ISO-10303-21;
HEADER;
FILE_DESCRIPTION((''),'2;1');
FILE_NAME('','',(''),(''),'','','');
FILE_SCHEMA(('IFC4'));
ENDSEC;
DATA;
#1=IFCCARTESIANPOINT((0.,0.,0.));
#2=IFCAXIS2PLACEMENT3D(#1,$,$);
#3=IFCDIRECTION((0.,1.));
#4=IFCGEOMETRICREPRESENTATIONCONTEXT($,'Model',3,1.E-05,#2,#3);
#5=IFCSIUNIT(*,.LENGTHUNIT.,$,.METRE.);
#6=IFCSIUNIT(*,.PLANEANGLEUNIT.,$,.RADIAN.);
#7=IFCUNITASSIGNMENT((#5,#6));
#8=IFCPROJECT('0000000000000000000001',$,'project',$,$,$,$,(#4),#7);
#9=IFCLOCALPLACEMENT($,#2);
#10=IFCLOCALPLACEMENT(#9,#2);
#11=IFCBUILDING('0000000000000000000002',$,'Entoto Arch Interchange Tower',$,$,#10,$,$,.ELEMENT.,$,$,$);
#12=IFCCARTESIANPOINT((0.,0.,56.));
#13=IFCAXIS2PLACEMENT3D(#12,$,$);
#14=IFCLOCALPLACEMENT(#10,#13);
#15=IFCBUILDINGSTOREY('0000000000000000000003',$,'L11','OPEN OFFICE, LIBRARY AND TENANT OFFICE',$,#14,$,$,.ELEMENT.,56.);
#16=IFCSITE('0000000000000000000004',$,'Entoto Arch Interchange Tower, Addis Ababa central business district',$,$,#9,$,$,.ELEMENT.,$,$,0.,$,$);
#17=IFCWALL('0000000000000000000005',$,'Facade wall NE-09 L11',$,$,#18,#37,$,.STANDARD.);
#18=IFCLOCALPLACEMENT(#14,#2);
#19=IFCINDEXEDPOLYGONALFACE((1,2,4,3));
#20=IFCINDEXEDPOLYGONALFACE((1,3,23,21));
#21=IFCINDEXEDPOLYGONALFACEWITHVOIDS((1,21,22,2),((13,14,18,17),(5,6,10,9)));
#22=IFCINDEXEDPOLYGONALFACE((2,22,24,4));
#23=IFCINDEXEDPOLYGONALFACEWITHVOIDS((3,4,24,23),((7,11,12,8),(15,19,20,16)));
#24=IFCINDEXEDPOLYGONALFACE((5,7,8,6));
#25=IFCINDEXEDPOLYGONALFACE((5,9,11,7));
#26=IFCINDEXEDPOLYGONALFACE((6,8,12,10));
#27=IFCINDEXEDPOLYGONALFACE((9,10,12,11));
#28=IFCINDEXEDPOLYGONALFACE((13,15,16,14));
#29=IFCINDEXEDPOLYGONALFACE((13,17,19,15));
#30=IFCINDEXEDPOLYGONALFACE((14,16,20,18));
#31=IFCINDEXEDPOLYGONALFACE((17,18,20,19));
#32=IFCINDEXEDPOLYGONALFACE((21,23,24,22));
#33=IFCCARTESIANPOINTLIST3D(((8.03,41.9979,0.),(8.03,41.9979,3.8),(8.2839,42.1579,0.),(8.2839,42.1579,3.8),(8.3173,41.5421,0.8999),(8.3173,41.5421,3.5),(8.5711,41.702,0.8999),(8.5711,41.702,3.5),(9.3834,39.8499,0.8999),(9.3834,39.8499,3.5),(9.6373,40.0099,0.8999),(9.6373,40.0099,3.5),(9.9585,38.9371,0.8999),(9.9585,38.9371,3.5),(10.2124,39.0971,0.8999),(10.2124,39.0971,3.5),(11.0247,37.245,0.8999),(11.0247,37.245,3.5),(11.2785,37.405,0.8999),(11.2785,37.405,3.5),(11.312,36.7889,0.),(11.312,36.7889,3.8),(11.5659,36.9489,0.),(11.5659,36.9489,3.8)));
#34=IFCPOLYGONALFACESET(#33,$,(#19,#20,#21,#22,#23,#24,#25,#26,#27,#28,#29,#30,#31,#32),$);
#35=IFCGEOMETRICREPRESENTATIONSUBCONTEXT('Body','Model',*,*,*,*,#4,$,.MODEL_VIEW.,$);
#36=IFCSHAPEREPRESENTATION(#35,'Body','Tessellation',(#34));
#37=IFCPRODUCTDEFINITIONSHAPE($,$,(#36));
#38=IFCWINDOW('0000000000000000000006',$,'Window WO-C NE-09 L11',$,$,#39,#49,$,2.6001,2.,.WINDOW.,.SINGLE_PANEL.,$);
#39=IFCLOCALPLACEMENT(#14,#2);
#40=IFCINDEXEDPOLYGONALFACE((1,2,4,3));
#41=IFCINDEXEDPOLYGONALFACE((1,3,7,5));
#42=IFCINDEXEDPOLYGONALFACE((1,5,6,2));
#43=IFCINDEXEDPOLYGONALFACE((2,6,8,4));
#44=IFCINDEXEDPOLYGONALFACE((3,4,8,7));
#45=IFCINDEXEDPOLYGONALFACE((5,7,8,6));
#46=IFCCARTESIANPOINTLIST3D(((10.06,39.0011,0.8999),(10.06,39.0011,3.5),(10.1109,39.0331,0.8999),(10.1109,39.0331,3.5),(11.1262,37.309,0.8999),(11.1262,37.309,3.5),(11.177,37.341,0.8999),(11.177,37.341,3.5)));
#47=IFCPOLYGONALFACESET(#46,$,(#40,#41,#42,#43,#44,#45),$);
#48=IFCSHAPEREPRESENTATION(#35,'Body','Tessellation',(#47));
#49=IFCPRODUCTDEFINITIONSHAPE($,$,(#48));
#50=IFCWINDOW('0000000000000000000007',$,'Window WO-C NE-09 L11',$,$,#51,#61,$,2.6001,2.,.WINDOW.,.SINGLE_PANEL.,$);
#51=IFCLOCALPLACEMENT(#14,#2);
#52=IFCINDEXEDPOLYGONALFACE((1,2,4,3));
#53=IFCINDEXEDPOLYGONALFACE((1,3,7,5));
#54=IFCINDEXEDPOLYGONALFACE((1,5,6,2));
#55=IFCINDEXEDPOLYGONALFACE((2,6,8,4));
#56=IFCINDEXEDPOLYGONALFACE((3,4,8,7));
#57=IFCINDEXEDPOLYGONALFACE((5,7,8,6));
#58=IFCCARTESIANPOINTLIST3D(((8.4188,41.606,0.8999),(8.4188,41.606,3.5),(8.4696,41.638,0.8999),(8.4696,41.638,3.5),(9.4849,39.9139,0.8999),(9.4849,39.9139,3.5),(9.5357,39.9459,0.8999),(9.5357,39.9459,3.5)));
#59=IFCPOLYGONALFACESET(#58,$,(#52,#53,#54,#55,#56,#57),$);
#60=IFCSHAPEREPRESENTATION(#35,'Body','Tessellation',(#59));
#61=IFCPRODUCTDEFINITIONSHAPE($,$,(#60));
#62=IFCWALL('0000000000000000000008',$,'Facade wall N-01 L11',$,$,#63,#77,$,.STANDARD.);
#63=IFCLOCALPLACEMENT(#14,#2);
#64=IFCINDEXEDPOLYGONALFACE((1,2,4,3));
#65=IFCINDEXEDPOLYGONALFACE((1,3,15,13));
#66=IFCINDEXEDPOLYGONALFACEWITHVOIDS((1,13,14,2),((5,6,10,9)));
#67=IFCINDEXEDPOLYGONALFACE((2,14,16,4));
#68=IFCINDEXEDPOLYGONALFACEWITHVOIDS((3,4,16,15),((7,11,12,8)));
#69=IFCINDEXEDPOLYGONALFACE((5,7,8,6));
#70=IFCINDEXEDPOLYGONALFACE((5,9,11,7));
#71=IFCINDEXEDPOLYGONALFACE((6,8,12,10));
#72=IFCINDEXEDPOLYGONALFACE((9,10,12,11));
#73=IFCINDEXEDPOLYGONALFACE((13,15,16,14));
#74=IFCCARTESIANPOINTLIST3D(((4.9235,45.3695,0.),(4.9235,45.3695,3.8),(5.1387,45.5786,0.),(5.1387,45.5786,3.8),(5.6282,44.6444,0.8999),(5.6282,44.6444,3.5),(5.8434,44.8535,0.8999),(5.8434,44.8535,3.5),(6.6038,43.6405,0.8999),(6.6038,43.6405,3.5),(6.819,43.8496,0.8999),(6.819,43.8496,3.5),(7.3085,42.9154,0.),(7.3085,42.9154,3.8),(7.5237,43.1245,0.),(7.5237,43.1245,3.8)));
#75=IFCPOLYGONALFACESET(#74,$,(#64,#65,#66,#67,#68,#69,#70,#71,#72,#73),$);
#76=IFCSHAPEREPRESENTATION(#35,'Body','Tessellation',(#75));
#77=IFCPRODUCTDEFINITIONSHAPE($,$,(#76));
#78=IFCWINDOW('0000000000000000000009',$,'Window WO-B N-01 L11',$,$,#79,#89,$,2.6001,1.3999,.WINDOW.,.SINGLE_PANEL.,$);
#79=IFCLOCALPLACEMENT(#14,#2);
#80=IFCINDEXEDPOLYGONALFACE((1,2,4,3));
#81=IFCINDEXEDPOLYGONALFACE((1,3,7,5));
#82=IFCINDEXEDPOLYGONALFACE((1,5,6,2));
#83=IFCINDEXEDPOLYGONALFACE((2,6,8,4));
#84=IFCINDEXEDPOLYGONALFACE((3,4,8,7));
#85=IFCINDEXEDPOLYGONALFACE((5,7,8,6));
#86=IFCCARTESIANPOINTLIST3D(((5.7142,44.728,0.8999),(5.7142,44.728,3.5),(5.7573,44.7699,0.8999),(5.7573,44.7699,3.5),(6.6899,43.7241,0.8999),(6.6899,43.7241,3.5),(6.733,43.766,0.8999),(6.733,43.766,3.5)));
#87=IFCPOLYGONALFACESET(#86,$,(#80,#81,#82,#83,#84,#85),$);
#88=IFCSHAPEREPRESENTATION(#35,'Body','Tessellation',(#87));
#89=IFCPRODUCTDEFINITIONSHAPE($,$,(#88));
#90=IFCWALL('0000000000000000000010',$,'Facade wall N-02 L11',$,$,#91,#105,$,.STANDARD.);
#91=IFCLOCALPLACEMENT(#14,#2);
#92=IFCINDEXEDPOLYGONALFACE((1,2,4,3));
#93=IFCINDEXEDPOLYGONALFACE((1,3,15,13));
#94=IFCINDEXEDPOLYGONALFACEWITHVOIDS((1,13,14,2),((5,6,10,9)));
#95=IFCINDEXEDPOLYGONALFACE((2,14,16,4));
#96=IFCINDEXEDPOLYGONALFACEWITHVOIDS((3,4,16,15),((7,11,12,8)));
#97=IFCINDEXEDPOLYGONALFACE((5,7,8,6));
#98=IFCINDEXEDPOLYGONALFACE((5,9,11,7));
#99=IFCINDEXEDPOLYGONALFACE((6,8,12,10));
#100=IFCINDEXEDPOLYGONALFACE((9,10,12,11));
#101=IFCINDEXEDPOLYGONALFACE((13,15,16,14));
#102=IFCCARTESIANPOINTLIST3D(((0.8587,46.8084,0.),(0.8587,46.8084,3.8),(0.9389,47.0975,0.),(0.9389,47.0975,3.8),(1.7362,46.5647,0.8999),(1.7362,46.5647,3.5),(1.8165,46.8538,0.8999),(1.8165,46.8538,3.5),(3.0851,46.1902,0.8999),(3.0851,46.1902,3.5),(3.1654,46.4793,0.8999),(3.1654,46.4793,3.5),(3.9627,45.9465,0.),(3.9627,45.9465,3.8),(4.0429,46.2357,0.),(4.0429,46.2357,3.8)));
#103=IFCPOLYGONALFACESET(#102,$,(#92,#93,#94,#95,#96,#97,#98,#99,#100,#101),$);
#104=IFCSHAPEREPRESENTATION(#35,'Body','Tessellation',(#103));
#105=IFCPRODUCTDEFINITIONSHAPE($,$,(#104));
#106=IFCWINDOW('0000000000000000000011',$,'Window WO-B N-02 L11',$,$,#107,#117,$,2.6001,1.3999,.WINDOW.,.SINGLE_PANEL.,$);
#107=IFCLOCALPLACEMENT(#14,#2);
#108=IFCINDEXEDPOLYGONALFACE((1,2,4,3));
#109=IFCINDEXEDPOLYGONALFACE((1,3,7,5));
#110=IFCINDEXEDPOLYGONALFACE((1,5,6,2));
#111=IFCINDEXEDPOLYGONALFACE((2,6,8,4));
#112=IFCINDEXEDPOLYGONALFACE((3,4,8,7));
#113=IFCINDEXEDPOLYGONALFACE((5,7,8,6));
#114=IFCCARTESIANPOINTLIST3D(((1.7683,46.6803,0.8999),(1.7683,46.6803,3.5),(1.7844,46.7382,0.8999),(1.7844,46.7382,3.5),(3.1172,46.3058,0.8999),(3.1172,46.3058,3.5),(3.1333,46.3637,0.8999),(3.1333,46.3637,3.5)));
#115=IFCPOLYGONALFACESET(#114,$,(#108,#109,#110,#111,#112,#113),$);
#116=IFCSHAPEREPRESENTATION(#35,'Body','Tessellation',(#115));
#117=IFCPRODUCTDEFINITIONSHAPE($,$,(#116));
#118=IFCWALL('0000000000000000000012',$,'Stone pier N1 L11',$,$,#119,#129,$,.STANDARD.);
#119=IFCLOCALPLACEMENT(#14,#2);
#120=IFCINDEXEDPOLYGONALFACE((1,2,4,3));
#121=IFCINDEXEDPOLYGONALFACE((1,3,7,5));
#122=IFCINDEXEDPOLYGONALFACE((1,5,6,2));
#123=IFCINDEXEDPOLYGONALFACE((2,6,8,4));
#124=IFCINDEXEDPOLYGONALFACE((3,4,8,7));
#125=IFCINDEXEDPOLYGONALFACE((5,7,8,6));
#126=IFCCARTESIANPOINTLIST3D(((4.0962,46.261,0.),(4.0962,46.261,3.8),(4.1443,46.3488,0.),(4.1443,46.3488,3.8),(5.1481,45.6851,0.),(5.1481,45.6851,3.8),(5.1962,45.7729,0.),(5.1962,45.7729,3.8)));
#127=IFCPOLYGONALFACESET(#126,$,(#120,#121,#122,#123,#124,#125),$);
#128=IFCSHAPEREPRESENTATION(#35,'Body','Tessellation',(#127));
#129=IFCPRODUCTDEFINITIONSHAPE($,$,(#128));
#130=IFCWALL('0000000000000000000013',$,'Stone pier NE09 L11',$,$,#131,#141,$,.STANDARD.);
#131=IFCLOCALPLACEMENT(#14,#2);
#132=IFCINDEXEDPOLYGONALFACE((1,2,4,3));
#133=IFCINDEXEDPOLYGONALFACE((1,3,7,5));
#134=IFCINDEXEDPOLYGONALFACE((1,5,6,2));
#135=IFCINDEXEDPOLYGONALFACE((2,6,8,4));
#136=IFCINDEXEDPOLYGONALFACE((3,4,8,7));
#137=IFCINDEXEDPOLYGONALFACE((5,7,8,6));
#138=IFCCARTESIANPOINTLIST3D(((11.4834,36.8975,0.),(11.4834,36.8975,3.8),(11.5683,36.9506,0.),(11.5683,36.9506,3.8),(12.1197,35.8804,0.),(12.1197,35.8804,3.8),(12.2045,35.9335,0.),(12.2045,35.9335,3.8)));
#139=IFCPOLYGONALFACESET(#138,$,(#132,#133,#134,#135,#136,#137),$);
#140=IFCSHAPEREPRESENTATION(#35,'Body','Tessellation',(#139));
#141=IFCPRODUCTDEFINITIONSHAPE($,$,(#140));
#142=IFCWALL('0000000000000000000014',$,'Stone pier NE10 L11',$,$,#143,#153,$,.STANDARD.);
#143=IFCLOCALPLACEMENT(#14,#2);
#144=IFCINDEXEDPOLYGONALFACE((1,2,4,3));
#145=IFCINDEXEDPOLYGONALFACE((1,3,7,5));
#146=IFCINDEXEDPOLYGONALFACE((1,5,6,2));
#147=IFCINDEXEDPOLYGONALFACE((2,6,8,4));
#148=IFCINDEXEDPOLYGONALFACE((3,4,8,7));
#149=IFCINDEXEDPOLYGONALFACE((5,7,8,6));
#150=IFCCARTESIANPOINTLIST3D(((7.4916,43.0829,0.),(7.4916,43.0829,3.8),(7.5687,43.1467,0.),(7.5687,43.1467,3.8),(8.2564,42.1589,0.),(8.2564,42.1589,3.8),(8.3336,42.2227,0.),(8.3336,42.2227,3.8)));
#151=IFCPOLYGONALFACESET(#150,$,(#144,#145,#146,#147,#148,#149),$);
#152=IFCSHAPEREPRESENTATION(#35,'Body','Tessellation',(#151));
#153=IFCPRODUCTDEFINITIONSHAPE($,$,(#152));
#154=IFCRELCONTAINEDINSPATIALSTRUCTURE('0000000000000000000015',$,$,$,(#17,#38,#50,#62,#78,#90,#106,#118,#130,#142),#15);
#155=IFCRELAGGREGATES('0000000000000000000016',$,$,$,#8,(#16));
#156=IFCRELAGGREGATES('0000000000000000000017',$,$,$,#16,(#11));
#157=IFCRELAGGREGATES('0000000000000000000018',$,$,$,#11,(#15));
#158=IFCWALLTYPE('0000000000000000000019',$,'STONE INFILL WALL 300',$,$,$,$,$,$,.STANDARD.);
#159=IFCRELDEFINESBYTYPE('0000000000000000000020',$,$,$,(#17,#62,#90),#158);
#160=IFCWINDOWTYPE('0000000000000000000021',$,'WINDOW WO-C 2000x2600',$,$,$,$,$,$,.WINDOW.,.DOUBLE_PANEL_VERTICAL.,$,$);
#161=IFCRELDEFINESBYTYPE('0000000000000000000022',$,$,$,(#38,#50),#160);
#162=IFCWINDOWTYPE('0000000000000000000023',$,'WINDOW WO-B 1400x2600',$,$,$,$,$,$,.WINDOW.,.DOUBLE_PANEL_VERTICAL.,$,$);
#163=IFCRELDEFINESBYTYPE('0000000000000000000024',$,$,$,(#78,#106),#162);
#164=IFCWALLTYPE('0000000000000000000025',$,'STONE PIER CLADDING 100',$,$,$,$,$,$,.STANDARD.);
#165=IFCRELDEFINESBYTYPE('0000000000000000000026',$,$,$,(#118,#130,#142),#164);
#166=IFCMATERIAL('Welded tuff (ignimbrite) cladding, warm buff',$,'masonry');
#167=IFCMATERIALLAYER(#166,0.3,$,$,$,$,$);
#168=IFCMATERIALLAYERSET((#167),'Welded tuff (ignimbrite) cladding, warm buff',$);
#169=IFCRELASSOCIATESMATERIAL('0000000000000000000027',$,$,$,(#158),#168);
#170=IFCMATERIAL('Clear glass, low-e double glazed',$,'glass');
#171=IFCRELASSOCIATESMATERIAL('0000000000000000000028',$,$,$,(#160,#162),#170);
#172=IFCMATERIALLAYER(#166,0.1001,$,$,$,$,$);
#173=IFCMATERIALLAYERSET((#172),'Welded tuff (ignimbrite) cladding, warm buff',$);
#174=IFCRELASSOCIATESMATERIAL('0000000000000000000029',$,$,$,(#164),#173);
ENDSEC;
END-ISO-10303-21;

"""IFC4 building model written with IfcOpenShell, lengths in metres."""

from ifc_helpers import new_model, si_unit, direction, frame, frame_2d, origin, place, context, subcontext, project, spatial, rectangle, extrude, material, layer, layer_set, type_object, element, fill, save


model = new_model("IFC4")

# Units and contexts
model_context = context("Model", 3, precision=1e-05, world=origin(), true_north=direction((0.0, 1.0)))
body_context = subcontext(model_context, "Body", "Model", "MODEL_VIEW")
ifc_project = project(units=[si_unit("LENGTHUNIT", "METRE"), si_unit("PLANEANGLEUNIT", "RADIAN")], contexts=[model_context])

# Site, building, storey
site_placement = place(None, origin())
site = spatial("IfcSite", under=ifc_project, at=site_placement, Name="Entoto Arch Interchange Tower, Addis Ababa central business district", CompositionType="ELEMENT", RefElevation=0.0)
building_placement = place(site_placement, origin())
building = spatial("IfcBuilding", under=site, at=building_placement, Name="Entoto Arch Interchange Tower", CompositionType="ELEMENT")
storey_placement = place(building_placement, frame((0.0, 0.0, 56.0)))
storey = spatial("IfcBuildingStorey", under=building, at=storey_placement, Name="L11", Description="OPEN OFFICE, LIBRARY AND TENANT OFFICE", CompositionType="ELEMENT", Elevation=56.0)

# Wall, openings, windows
ifc_material_1 = material(Name="Welded tuff (ignimbrite) cladding, warm buff", Category="masonry")
ifc_layer_1 = layer(ifc_material_1, 0.3)
ifc_layer_set_1 = layer_set([ifc_layer_1], Name="Welded tuff (ignimbrite) cladding, warm buff")
wall_type_1 = type_object("IfcWallType", Name="STONE INFILL WALL 300", PredefinedType="STANDARD", material=ifc_layer_set_1)
wall_1_placement = place(storey_placement, frame((11.439, 36.8689, 0.0), z_axis=(0.0, 0.0, 1.0), x_axis=(-0.533075, 0.846068, 0.0)))
wall_1 = element("IfcWall", 1, at=wall_1_placement, inside=storey, type_object=wall_type_1, Name="Facade wall NE-09 L11", PredefinedType="STANDARD", context=body_context, shape_type="SweptSolid", body=[
    extrude(rectangle(XDim=6.1567, YDim=0.3, at=frame_2d((3.0784, 0.0))), origin(), (0.0, 0.0, 1.0), 3.8),
])
opening_1_placement = place(wall_1_placement, frame((0.5391, 0.0, 0.8999)))
opening_1 = element("IfcOpeningElement", 2, at=opening_1_placement, cuts=wall_1, PredefinedType="OPENING", context=body_context, shape_type="SweptSolid", body=[
    extrude(rectangle(XDim=2.0, YDim=2.6001, at=frame_2d((1.0, 1.3))), frame((0.0, 0.1602, 0.0), z_axis=(0.0, -1.0, 0.0), x_axis=(1.0, 0.0, 0.0)), (0.0, 0.0, 1.0), 0.3201),
])
opening_2_placement = place(wall_1_placement, frame((3.6179, 0.0, 0.8999)))
opening_2 = element("IfcOpeningElement", 3, at=opening_2_placement, cuts=wall_1, PredefinedType="OPENING", context=body_context, shape_type="SweptSolid", body=[
    extrude(rectangle(XDim=2.0, YDim=2.6001, at=frame_2d((1.0, 1.3))), frame((0.0, 0.1602, 0.0), z_axis=(0.0, -1.0, 0.0), x_axis=(1.0, 0.0, 0.0)), (0.0, 0.0, 1.0), 0.3201),
])
ifc_material_2 = material(Name="Clear glass, low-e double glazed", Category="glass")
window_type_1 = type_object("IfcWindowType", Name="WINDOW WO-C 2000x2600", PartitioningType="DOUBLE_PANEL_VERTICAL", PredefinedType="WINDOW", material=ifc_material_2)
window_1_placement = place(opening_1_placement, origin())
window_1 = element("IfcWindow", 4, at=window_1_placement, inside=storey, type_object=window_type_1, Name="Window WO-C NE-09 L11", OverallHeight=2.6001, OverallWidth=2.0, PartitioningType="SINGLE_PANEL", PredefinedType="WINDOW", context=body_context, shape_type="SweptSolid", body=[
    extrude(rectangle(XDim=2.0, YDim=2.6001, at=frame_2d((1.0, 1.3))), frame((0.0, 0.03, 0.0), z_axis=(0.0, -1.0, 0.0), x_axis=(1.0, 0.0, 0.0)), (0.0, 0.0, 1.0), 0.0601),
])
fill(opening_1, window_1)
window_2_placement = place(opening_2_placement, origin())
window_2 = element("IfcWindow", 5, at=window_2_placement, inside=storey, type_object=window_type_1, Name="Window WO-C NE-09 L11", OverallHeight=2.6001, OverallWidth=2.0, PartitioningType="SINGLE_PANEL", PredefinedType="WINDOW", context=body_context, shape_type="SweptSolid", body=[
    extrude(rectangle(XDim=2.0, YDim=2.6001, at=frame_2d((1.0, 1.3))), frame((0.0, 0.03, 0.0), z_axis=(0.0, -1.0, 0.0), x_axis=(1.0, 0.0, 0.0)), (0.0, 0.0, 1.0), 0.0601),
])
fill(opening_2, window_2)

# Walls, openings, windows
wall_2_placement = place(storey_placement, frame((7.416, 43.02, 0.0), z_axis=(0.0, 0.0, 1.0), x_axis=(-0.69694, 0.71713, 0.0)))
wall_2 = element("IfcWall", 6, at=wall_2_placement, inside=storey, type_object=wall_type_1, Name="Facade wall N-01 L11", PredefinedType="STANDARD", context=body_context, shape_type="SweptSolid", body=[
    extrude(rectangle(XDim=3.4221, YDim=0.3, at=frame_2d((1.7109, 0.0))), origin(), (0.0, 0.0, 1.0), 3.8),
])
opening_3_placement = place(wall_2_placement, frame((1.011, 0.0, 0.8999)))
opening_3 = element("IfcOpeningElement", 7, at=opening_3_placement, cuts=wall_2, PredefinedType="OPENING", context=body_context, shape_type="SweptSolid", body=[
    extrude(rectangle(XDim=1.3999, YDim=2.6001, at=frame_2d((0.7, 1.3))), frame((0.0, 0.1602, 0.0), z_axis=(0.0, -1.0, 0.0), x_axis=(1.0, 0.0, 0.0)), (0.0, 0.0, 1.0), 0.3201),
])
window_type_2 = type_object("IfcWindowType", Name="WINDOW WO-B 1400x2600", PartitioningType="DOUBLE_PANEL_VERTICAL", PredefinedType="WINDOW", material=ifc_material_2)
window_3_placement = place(opening_3_placement, origin())
window_3 = element("IfcWindow", 8, at=window_3_placement, inside=storey, type_object=window_type_2, Name="Window WO-B N-01 L11", OverallHeight=2.6001, OverallWidth=1.3999, PartitioningType="SINGLE_PANEL", PredefinedType="WINDOW", context=body_context, shape_type="SweptSolid", body=[
    extrude(rectangle(XDim=1.3999, YDim=2.6001, at=frame_2d((0.7, 1.3))), frame((0.0, 0.03, 0.0), z_axis=(0.0, -1.0, 0.0), x_axis=(1.0, 0.0, 0.0)), (0.0, 0.0, 1.0), 0.0601),
])
fill(opening_3, window_3)
wall_3_placement = place(storey_placement, frame((4.0029, 46.0911, 0.0), z_axis=(0.0, 0.0, 1.0), x_axis=(-0.96355, 0.267527, 0.0)))
wall_3 = element("IfcWall", 9, at=wall_3_placement, inside=storey, type_object=wall_type_1, Name="Facade wall N-02 L11", PredefinedType="STANDARD", context=body_context, shape_type="SweptSolid", body=[
    extrude(rectangle(XDim=3.2214, YDim=0.3, at=frame_2d((1.6108, 0.0))), origin(), (0.0, 0.0, 1.0), 3.8),
])
opening_4_placement = place(wall_3_placement, frame((0.9109, 0.0, 0.8999)))
opening_4 = element("IfcOpeningElement", 10, at=opening_4_placement, cuts=wall_3, PredefinedType="OPENING", context=body_context, shape_type="SweptSolid", body=[
    extrude(rectangle(XDim=1.3999, YDim=2.6001, at=frame_2d((0.7, 1.3))), frame((0.0, 0.1602, 0.0), z_axis=(0.0, -1.0, 0.0), x_axis=(1.0, 0.0, 0.0)), (0.0, 0.0, 1.0), 0.3201),
])
window_4_placement = place(opening_4_placement, origin())
window_4 = element("IfcWindow", 11, at=window_4_placement, inside=storey, type_object=window_type_2, Name="Window WO-B N-02 L11", OverallHeight=2.6001, OverallWidth=1.3999, PartitioningType="SINGLE_PANEL", PredefinedType="WINDOW", context=body_context, shape_type="SweptSolid", body=[
    extrude(rectangle(XDim=1.3999, YDim=2.6001, at=frame_2d((0.7, 1.3))), frame((0.0, 0.03, 0.0), z_axis=(0.0, -1.0, 0.0), x_axis=(1.0, 0.0, 0.0)), (0.0, 0.0, 1.0), 0.0601),
])
fill(opening_4, window_4)

# Walls
ifc_layer_2 = layer(ifc_material_1, 0.1001)
ifc_layer_set_2 = layer_set([ifc_layer_2], Name="Welded tuff (ignimbrite) cladding, warm buff")
wall_type_2 = type_object("IfcWallType", Name="STONE PIER CLADDING 100", PredefinedType="STANDARD", material=ifc_layer_set_2)
wall_4_placement = place(storey_placement, frame((5.1721, 45.729, 0.0), z_axis=(0.0, 0.0, 1.0), x_axis=(-0.877155, 0.480206, 0.0)))
element("IfcWall", 12, at=wall_4_placement, inside=storey, type_object=wall_type_2, Name="Stone pier N1 L11", PredefinedType="STANDARD", context=body_context, shape_type="SweptSolid", body=[
    extrude(rectangle(XDim=1.1992, YDim=0.1001, at=frame_2d((0.5996, 0.0))), origin(), (0.0, 0.0, 1.0), 3.8),
])
wall_5_placement = place(storey_placement, frame((12.1621, 35.907, 0.0), z_axis=(0.0, 0.0, 1.0), x_axis=(-0.530328, 0.847792, 0.0)))
element("IfcWall", 13, at=wall_5_placement, inside=storey, type_object=wall_type_2, Name="Stone pier NE09 L11", PredefinedType="STANDARD", context=body_context, shape_type="SweptSolid", body=[
    extrude(rectangle(XDim=1.1997, YDim=0.1001, at=frame_2d((0.5999, 0.0))), origin(), (0.0, 0.0, 1.0), 3.8),
])
wall_6_placement = place(storey_placement, frame((8.2949, 42.1909, 0.0), z_axis=(0.0, 0.0, 1.0), x_axis=(-0.637639, 0.770336, 0.0)))
element("IfcWall", 14, at=wall_6_placement, inside=storey, type_object=wall_type_2, Name="Stone pier NE10 L11", PredefinedType="STANDARD", context=body_context, shape_type="SweptSolid", body=[
    extrude(rectangle(XDim=1.1995, YDim=0.1001, at=frame_2d((0.5996, 0.0))), origin(), (0.0, 0.0, 1.0), 3.8),
])

save(model, "model.ifc")
